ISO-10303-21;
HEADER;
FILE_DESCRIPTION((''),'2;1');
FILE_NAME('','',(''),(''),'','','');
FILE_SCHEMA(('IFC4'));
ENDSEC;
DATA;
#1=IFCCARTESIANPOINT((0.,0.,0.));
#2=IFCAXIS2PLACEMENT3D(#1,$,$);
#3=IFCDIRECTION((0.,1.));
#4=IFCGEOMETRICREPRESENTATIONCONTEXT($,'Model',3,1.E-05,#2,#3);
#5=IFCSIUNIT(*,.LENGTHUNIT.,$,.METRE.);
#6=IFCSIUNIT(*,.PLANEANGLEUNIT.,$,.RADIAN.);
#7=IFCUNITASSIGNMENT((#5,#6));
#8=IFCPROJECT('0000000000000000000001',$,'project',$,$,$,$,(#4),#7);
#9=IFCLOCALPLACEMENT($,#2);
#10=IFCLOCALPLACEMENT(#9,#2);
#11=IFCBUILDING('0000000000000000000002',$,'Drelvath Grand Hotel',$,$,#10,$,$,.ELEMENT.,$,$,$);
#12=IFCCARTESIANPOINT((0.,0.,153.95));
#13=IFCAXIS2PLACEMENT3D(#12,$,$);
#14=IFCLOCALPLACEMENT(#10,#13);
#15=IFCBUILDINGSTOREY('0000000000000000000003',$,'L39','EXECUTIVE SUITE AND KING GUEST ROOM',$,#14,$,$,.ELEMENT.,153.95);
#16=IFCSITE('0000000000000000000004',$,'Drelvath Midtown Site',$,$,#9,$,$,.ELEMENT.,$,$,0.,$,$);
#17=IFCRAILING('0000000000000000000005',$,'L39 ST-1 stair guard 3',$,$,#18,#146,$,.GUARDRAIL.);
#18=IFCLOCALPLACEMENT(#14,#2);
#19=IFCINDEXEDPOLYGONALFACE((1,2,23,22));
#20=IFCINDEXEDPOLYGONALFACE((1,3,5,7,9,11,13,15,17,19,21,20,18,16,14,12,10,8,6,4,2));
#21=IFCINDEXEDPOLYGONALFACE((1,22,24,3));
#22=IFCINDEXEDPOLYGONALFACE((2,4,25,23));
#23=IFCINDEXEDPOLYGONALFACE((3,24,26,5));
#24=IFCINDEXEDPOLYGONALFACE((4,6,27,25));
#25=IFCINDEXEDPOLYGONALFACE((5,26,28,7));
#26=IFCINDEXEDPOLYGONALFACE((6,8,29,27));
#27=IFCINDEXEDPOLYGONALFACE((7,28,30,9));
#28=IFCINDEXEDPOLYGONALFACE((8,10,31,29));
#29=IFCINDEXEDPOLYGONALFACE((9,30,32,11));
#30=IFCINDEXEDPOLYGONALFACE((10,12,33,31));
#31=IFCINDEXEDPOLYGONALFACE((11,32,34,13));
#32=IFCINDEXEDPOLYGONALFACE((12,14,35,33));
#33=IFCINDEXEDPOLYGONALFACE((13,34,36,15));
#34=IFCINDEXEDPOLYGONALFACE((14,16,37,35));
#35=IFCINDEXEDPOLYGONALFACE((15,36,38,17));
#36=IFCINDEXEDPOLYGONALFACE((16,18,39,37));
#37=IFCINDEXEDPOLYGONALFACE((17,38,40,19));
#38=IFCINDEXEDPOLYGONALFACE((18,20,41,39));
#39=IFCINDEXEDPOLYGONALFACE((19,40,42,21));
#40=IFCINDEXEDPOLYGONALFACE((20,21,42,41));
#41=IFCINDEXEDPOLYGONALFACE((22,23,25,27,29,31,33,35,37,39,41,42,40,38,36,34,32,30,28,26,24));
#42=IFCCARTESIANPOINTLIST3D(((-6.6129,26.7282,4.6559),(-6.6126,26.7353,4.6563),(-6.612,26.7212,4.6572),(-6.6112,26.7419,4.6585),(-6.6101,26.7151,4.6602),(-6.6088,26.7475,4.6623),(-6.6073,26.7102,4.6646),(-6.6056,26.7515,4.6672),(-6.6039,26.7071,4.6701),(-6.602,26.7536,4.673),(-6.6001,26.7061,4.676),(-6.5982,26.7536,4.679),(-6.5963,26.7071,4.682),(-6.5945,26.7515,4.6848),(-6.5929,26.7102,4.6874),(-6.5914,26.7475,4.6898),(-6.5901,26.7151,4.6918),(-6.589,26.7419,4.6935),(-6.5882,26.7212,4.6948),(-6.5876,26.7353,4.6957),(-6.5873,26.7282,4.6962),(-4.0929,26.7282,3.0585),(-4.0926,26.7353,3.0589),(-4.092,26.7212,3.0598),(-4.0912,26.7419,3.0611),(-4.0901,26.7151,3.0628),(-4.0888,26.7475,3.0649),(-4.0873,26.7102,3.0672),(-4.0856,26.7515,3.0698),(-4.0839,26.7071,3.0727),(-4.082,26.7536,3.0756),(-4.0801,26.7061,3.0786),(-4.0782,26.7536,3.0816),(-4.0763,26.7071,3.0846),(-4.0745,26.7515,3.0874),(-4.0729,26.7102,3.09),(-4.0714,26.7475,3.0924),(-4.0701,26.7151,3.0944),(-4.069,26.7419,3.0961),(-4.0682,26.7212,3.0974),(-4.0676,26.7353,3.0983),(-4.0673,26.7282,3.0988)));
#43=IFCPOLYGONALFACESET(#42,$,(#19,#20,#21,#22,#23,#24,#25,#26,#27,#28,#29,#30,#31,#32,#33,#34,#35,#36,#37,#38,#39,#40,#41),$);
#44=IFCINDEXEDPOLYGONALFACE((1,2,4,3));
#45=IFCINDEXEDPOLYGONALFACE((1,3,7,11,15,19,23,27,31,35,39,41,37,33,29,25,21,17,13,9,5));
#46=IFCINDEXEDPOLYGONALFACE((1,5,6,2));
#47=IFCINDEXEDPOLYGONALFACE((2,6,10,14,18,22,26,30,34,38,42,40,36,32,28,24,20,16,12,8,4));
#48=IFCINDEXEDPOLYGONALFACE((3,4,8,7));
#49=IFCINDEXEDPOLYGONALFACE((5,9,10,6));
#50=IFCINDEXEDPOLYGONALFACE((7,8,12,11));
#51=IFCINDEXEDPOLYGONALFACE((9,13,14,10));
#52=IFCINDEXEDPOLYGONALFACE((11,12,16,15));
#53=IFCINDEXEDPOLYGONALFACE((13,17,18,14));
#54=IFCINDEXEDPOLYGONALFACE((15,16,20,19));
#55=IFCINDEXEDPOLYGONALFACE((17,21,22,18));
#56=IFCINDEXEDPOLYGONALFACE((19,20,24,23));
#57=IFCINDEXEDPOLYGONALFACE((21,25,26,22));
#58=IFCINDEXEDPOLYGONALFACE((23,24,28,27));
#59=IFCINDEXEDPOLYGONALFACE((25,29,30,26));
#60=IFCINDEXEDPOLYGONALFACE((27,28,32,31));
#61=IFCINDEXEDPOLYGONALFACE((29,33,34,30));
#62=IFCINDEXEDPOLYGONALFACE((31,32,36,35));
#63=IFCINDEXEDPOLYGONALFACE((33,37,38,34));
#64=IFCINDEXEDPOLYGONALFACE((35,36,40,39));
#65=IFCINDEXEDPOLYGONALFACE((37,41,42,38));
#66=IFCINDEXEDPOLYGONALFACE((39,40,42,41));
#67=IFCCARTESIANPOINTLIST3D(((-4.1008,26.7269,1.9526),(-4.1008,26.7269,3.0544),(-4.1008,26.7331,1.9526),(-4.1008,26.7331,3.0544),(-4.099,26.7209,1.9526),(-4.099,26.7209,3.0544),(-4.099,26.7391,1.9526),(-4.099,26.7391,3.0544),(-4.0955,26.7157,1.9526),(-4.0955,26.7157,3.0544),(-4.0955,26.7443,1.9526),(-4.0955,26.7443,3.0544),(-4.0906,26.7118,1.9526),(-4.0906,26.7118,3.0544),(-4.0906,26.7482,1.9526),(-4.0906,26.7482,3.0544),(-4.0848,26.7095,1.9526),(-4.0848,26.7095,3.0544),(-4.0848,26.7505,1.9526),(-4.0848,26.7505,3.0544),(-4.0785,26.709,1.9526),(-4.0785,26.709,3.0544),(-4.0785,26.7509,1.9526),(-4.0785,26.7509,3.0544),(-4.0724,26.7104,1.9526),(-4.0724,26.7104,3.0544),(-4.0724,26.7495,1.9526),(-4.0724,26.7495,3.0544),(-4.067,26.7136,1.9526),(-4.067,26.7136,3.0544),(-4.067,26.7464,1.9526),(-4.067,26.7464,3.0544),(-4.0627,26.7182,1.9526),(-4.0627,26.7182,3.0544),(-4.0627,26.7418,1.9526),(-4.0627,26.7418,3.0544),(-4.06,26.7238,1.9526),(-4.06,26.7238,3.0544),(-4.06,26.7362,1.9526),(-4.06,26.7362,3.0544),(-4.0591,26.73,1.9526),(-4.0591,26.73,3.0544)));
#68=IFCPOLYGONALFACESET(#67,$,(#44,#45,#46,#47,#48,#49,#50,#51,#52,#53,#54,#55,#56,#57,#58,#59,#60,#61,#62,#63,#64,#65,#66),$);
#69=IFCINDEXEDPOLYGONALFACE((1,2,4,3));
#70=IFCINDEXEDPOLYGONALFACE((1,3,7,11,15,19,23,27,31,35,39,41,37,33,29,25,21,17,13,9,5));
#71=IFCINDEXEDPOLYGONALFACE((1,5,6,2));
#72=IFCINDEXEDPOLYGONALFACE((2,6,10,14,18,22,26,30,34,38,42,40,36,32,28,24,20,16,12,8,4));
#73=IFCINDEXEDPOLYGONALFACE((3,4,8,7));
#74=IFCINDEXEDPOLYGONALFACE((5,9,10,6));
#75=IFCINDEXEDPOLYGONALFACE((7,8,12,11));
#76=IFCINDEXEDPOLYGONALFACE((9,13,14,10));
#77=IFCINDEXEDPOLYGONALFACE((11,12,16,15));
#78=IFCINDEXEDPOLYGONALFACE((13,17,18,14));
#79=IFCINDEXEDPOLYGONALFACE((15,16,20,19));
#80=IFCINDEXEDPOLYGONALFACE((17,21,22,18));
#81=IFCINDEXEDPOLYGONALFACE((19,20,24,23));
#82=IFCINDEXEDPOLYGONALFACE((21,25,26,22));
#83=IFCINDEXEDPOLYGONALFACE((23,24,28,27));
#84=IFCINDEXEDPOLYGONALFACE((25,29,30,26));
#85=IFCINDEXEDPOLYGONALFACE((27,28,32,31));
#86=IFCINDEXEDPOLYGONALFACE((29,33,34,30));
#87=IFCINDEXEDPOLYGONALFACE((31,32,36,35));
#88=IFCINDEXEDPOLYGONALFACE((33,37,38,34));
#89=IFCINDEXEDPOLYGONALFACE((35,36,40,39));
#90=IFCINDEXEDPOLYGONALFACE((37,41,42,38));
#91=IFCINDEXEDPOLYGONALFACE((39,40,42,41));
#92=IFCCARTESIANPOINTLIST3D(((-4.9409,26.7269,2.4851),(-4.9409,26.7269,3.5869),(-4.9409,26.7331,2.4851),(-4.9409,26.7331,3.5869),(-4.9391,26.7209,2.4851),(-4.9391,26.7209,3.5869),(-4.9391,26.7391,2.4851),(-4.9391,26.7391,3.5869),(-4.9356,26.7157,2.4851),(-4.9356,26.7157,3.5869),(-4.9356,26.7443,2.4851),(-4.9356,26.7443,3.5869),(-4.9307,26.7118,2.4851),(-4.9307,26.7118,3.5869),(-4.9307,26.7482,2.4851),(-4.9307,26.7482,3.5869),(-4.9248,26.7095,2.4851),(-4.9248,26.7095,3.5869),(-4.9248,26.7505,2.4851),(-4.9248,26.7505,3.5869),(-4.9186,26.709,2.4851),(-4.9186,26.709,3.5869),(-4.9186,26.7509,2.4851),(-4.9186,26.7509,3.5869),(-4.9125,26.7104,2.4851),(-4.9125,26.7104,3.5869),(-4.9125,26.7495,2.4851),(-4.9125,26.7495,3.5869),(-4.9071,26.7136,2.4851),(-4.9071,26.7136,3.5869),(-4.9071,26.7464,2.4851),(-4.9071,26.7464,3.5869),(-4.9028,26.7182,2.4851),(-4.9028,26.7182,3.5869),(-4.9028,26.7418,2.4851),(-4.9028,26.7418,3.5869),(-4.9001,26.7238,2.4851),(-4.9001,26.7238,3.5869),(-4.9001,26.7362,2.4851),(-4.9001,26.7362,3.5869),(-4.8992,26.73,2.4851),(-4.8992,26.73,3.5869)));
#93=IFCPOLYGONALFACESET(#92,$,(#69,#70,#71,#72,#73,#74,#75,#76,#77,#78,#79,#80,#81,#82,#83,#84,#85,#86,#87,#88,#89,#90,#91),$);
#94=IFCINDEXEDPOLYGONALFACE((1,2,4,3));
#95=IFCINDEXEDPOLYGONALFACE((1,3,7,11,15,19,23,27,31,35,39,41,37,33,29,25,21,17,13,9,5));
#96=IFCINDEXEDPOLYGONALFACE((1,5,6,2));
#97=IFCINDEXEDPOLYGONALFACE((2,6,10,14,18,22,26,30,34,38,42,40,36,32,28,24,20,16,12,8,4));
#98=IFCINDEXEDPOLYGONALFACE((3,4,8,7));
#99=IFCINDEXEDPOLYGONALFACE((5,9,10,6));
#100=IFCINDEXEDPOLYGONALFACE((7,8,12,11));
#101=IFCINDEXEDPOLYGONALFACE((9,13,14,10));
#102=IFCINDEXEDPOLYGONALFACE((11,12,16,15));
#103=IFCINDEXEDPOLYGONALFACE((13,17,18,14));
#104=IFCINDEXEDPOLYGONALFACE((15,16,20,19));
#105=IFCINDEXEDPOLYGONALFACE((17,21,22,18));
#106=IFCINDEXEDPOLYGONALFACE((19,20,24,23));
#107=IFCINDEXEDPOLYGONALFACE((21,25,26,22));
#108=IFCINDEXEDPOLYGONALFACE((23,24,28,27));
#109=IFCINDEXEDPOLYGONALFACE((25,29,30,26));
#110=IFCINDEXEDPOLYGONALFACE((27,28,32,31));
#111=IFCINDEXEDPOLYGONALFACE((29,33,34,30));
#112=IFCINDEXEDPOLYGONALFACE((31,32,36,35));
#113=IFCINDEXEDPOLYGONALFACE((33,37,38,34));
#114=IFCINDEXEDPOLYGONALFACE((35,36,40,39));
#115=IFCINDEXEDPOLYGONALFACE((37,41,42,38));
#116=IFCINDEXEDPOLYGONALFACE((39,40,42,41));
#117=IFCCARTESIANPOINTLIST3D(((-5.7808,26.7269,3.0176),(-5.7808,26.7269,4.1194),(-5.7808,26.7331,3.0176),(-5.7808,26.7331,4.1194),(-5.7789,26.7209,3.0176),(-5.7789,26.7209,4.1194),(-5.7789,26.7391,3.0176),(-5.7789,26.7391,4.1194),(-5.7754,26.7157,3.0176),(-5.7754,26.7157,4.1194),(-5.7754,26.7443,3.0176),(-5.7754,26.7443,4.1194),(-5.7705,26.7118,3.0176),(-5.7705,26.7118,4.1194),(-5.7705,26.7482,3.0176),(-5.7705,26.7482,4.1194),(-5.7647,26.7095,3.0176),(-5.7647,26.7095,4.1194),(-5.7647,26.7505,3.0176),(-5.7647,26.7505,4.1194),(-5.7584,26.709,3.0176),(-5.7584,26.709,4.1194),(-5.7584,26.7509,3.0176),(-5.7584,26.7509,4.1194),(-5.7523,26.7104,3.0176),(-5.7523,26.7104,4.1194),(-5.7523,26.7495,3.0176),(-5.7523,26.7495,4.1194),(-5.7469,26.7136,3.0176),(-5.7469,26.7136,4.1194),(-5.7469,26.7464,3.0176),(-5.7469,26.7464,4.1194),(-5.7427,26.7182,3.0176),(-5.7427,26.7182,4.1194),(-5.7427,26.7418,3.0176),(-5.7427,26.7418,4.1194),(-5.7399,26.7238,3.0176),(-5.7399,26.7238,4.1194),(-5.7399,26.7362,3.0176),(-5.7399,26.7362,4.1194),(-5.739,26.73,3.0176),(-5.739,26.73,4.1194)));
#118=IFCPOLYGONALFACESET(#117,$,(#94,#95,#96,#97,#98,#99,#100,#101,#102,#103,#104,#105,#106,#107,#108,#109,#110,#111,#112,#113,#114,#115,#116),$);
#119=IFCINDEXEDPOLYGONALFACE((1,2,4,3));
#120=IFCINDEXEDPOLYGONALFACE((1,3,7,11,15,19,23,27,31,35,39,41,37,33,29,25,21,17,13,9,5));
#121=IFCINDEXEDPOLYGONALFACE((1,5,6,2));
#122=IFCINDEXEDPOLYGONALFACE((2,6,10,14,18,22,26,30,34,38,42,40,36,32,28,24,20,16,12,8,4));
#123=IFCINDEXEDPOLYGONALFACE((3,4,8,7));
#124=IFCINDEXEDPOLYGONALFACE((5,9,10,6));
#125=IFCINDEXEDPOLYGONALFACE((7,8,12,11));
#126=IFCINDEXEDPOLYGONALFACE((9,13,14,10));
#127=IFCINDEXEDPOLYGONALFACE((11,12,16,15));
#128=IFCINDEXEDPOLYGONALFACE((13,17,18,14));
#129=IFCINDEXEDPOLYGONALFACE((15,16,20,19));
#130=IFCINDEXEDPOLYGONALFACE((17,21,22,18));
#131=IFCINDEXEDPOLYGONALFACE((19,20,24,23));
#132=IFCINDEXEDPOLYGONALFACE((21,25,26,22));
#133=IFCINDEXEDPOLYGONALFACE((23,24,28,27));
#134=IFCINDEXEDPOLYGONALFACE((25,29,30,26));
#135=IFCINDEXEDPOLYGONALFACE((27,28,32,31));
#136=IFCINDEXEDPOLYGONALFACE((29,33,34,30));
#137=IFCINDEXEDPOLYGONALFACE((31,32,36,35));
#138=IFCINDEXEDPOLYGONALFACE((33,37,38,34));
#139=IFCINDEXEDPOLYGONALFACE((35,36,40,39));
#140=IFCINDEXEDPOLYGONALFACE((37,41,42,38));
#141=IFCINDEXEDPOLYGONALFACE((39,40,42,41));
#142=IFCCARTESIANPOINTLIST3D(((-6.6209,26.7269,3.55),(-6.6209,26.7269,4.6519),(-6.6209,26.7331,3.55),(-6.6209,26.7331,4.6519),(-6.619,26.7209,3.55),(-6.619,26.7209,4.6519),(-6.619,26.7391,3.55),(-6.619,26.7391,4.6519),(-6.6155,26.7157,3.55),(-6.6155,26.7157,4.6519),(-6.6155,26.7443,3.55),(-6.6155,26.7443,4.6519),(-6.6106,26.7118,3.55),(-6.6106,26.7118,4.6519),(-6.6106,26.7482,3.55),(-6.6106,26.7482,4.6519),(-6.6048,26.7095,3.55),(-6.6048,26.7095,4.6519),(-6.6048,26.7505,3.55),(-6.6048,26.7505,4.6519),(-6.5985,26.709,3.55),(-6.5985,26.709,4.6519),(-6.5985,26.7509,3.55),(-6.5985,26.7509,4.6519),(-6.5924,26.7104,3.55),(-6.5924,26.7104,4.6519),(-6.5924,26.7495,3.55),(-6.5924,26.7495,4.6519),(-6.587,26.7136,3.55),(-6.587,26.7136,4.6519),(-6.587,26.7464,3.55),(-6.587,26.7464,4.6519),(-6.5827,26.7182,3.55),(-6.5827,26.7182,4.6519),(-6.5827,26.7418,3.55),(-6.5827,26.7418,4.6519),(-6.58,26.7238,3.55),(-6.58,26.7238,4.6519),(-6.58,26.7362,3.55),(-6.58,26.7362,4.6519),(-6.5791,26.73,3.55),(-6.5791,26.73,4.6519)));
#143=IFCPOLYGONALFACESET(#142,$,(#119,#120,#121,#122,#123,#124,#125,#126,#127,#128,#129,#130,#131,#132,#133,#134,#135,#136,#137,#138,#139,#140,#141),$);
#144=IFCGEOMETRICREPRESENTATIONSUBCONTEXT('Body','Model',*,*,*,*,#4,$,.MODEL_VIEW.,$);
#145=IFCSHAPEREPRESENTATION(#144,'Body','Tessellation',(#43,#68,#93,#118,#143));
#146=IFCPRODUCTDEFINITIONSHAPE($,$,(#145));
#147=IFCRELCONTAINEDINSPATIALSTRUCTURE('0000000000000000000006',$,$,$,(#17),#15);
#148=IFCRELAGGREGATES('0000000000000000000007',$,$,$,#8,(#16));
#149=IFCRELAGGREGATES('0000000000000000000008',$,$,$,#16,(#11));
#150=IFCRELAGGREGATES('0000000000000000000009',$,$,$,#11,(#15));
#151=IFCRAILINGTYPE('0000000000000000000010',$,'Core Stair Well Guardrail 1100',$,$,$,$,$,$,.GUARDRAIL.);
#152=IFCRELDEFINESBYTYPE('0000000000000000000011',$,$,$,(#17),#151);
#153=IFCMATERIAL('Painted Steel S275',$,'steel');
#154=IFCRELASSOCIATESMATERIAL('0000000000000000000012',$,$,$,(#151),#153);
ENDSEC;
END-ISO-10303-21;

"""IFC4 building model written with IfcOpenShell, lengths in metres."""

from ifc_helpers import new_model, si_unit, direction, frame, origin, origin_2d, place, context, subcontext, project, spatial, circle, extrude, material, type_object, element, save


model = new_model("IFC4")

# Units and contexts
model_context = context("Model", 3, precision=1e-05, world=origin(), true_north=direction((0.0, 1.0)))
body_context = subcontext(model_context, "Body", "Model", "MODEL_VIEW")
ifc_project = project(units=[si_unit("LENGTHUNIT", "METRE"), si_unit("PLANEANGLEUNIT", "RADIAN")], contexts=[model_context])

# Site, building, storey
site_placement = place(None, origin())
site = spatial("IfcSite", under=ifc_project, at=site_placement, Name="Drelvath Midtown Site", CompositionType="ELEMENT", RefElevation=0.0)
building_placement = place(site_placement, origin())
building = spatial("IfcBuilding", under=site, at=building_placement, Name="Drelvath Grand Hotel", CompositionType="ELEMENT")
storey_placement = place(building_placement, frame((0.0, 0.0, 153.95)))
storey = spatial("IfcBuildingStorey", under=building, at=storey_placement, Name="L39", Description="EXECUTIVE SUITE AND KING GUEST ROOM", CompositionType="ELEMENT", Elevation=153.95)

# Shared definitions
ifc_material_1 = material(Name="Painted Steel S275", Category="steel")

# Railing
railing_type_1 = type_object("IfcRailingType", Name="Core Stair Well Guardrail 1100", PredefinedType="GUARDRAIL", material=ifc_material_1)
railing_1_placement = place(storey_placement, frame((-4.0801, 26.73, 1.9526)))
element("IfcRailing", 1, at=railing_1_placement, inside=storey, type_object=railing_type_1, Name="L39 ST-1 stair guard 3", PredefinedType="GUARDRAIL", context=body_context, shape_type="SweptSolid", body=[
    extrude(circle(Radius=0.0239, at=origin_2d()), frame((0.0, 0.0, 1.126), z_axis=(-0.844607, 0.0, 0.535387), x_axis=(0.0, -1.0, 0.0)), (0.0, 0.0, 1.0), 2.9836),
    extrude(circle(Radius=0.021, at=origin_2d()), origin(), (0.0, 0.0, 1.0), 1.1018),
    extrude(circle(Radius=0.021, at=origin_2d()), frame((-0.8401, 0.0, 0.5325)), (0.0, 0.0, 1.0), 1.1018),
    extrude(circle(Radius=0.021, at=origin_2d()), frame((-1.6799, 0.0, 1.0649)), (0.0, 0.0, 1.0), 1.1018),
    extrude(circle(Radius=0.021, at=origin_2d()), frame((-2.52, 0.0, 1.5974)), (0.0, 0.0, 1.0), 1.1018),
])

save(model, "model.ifc")
